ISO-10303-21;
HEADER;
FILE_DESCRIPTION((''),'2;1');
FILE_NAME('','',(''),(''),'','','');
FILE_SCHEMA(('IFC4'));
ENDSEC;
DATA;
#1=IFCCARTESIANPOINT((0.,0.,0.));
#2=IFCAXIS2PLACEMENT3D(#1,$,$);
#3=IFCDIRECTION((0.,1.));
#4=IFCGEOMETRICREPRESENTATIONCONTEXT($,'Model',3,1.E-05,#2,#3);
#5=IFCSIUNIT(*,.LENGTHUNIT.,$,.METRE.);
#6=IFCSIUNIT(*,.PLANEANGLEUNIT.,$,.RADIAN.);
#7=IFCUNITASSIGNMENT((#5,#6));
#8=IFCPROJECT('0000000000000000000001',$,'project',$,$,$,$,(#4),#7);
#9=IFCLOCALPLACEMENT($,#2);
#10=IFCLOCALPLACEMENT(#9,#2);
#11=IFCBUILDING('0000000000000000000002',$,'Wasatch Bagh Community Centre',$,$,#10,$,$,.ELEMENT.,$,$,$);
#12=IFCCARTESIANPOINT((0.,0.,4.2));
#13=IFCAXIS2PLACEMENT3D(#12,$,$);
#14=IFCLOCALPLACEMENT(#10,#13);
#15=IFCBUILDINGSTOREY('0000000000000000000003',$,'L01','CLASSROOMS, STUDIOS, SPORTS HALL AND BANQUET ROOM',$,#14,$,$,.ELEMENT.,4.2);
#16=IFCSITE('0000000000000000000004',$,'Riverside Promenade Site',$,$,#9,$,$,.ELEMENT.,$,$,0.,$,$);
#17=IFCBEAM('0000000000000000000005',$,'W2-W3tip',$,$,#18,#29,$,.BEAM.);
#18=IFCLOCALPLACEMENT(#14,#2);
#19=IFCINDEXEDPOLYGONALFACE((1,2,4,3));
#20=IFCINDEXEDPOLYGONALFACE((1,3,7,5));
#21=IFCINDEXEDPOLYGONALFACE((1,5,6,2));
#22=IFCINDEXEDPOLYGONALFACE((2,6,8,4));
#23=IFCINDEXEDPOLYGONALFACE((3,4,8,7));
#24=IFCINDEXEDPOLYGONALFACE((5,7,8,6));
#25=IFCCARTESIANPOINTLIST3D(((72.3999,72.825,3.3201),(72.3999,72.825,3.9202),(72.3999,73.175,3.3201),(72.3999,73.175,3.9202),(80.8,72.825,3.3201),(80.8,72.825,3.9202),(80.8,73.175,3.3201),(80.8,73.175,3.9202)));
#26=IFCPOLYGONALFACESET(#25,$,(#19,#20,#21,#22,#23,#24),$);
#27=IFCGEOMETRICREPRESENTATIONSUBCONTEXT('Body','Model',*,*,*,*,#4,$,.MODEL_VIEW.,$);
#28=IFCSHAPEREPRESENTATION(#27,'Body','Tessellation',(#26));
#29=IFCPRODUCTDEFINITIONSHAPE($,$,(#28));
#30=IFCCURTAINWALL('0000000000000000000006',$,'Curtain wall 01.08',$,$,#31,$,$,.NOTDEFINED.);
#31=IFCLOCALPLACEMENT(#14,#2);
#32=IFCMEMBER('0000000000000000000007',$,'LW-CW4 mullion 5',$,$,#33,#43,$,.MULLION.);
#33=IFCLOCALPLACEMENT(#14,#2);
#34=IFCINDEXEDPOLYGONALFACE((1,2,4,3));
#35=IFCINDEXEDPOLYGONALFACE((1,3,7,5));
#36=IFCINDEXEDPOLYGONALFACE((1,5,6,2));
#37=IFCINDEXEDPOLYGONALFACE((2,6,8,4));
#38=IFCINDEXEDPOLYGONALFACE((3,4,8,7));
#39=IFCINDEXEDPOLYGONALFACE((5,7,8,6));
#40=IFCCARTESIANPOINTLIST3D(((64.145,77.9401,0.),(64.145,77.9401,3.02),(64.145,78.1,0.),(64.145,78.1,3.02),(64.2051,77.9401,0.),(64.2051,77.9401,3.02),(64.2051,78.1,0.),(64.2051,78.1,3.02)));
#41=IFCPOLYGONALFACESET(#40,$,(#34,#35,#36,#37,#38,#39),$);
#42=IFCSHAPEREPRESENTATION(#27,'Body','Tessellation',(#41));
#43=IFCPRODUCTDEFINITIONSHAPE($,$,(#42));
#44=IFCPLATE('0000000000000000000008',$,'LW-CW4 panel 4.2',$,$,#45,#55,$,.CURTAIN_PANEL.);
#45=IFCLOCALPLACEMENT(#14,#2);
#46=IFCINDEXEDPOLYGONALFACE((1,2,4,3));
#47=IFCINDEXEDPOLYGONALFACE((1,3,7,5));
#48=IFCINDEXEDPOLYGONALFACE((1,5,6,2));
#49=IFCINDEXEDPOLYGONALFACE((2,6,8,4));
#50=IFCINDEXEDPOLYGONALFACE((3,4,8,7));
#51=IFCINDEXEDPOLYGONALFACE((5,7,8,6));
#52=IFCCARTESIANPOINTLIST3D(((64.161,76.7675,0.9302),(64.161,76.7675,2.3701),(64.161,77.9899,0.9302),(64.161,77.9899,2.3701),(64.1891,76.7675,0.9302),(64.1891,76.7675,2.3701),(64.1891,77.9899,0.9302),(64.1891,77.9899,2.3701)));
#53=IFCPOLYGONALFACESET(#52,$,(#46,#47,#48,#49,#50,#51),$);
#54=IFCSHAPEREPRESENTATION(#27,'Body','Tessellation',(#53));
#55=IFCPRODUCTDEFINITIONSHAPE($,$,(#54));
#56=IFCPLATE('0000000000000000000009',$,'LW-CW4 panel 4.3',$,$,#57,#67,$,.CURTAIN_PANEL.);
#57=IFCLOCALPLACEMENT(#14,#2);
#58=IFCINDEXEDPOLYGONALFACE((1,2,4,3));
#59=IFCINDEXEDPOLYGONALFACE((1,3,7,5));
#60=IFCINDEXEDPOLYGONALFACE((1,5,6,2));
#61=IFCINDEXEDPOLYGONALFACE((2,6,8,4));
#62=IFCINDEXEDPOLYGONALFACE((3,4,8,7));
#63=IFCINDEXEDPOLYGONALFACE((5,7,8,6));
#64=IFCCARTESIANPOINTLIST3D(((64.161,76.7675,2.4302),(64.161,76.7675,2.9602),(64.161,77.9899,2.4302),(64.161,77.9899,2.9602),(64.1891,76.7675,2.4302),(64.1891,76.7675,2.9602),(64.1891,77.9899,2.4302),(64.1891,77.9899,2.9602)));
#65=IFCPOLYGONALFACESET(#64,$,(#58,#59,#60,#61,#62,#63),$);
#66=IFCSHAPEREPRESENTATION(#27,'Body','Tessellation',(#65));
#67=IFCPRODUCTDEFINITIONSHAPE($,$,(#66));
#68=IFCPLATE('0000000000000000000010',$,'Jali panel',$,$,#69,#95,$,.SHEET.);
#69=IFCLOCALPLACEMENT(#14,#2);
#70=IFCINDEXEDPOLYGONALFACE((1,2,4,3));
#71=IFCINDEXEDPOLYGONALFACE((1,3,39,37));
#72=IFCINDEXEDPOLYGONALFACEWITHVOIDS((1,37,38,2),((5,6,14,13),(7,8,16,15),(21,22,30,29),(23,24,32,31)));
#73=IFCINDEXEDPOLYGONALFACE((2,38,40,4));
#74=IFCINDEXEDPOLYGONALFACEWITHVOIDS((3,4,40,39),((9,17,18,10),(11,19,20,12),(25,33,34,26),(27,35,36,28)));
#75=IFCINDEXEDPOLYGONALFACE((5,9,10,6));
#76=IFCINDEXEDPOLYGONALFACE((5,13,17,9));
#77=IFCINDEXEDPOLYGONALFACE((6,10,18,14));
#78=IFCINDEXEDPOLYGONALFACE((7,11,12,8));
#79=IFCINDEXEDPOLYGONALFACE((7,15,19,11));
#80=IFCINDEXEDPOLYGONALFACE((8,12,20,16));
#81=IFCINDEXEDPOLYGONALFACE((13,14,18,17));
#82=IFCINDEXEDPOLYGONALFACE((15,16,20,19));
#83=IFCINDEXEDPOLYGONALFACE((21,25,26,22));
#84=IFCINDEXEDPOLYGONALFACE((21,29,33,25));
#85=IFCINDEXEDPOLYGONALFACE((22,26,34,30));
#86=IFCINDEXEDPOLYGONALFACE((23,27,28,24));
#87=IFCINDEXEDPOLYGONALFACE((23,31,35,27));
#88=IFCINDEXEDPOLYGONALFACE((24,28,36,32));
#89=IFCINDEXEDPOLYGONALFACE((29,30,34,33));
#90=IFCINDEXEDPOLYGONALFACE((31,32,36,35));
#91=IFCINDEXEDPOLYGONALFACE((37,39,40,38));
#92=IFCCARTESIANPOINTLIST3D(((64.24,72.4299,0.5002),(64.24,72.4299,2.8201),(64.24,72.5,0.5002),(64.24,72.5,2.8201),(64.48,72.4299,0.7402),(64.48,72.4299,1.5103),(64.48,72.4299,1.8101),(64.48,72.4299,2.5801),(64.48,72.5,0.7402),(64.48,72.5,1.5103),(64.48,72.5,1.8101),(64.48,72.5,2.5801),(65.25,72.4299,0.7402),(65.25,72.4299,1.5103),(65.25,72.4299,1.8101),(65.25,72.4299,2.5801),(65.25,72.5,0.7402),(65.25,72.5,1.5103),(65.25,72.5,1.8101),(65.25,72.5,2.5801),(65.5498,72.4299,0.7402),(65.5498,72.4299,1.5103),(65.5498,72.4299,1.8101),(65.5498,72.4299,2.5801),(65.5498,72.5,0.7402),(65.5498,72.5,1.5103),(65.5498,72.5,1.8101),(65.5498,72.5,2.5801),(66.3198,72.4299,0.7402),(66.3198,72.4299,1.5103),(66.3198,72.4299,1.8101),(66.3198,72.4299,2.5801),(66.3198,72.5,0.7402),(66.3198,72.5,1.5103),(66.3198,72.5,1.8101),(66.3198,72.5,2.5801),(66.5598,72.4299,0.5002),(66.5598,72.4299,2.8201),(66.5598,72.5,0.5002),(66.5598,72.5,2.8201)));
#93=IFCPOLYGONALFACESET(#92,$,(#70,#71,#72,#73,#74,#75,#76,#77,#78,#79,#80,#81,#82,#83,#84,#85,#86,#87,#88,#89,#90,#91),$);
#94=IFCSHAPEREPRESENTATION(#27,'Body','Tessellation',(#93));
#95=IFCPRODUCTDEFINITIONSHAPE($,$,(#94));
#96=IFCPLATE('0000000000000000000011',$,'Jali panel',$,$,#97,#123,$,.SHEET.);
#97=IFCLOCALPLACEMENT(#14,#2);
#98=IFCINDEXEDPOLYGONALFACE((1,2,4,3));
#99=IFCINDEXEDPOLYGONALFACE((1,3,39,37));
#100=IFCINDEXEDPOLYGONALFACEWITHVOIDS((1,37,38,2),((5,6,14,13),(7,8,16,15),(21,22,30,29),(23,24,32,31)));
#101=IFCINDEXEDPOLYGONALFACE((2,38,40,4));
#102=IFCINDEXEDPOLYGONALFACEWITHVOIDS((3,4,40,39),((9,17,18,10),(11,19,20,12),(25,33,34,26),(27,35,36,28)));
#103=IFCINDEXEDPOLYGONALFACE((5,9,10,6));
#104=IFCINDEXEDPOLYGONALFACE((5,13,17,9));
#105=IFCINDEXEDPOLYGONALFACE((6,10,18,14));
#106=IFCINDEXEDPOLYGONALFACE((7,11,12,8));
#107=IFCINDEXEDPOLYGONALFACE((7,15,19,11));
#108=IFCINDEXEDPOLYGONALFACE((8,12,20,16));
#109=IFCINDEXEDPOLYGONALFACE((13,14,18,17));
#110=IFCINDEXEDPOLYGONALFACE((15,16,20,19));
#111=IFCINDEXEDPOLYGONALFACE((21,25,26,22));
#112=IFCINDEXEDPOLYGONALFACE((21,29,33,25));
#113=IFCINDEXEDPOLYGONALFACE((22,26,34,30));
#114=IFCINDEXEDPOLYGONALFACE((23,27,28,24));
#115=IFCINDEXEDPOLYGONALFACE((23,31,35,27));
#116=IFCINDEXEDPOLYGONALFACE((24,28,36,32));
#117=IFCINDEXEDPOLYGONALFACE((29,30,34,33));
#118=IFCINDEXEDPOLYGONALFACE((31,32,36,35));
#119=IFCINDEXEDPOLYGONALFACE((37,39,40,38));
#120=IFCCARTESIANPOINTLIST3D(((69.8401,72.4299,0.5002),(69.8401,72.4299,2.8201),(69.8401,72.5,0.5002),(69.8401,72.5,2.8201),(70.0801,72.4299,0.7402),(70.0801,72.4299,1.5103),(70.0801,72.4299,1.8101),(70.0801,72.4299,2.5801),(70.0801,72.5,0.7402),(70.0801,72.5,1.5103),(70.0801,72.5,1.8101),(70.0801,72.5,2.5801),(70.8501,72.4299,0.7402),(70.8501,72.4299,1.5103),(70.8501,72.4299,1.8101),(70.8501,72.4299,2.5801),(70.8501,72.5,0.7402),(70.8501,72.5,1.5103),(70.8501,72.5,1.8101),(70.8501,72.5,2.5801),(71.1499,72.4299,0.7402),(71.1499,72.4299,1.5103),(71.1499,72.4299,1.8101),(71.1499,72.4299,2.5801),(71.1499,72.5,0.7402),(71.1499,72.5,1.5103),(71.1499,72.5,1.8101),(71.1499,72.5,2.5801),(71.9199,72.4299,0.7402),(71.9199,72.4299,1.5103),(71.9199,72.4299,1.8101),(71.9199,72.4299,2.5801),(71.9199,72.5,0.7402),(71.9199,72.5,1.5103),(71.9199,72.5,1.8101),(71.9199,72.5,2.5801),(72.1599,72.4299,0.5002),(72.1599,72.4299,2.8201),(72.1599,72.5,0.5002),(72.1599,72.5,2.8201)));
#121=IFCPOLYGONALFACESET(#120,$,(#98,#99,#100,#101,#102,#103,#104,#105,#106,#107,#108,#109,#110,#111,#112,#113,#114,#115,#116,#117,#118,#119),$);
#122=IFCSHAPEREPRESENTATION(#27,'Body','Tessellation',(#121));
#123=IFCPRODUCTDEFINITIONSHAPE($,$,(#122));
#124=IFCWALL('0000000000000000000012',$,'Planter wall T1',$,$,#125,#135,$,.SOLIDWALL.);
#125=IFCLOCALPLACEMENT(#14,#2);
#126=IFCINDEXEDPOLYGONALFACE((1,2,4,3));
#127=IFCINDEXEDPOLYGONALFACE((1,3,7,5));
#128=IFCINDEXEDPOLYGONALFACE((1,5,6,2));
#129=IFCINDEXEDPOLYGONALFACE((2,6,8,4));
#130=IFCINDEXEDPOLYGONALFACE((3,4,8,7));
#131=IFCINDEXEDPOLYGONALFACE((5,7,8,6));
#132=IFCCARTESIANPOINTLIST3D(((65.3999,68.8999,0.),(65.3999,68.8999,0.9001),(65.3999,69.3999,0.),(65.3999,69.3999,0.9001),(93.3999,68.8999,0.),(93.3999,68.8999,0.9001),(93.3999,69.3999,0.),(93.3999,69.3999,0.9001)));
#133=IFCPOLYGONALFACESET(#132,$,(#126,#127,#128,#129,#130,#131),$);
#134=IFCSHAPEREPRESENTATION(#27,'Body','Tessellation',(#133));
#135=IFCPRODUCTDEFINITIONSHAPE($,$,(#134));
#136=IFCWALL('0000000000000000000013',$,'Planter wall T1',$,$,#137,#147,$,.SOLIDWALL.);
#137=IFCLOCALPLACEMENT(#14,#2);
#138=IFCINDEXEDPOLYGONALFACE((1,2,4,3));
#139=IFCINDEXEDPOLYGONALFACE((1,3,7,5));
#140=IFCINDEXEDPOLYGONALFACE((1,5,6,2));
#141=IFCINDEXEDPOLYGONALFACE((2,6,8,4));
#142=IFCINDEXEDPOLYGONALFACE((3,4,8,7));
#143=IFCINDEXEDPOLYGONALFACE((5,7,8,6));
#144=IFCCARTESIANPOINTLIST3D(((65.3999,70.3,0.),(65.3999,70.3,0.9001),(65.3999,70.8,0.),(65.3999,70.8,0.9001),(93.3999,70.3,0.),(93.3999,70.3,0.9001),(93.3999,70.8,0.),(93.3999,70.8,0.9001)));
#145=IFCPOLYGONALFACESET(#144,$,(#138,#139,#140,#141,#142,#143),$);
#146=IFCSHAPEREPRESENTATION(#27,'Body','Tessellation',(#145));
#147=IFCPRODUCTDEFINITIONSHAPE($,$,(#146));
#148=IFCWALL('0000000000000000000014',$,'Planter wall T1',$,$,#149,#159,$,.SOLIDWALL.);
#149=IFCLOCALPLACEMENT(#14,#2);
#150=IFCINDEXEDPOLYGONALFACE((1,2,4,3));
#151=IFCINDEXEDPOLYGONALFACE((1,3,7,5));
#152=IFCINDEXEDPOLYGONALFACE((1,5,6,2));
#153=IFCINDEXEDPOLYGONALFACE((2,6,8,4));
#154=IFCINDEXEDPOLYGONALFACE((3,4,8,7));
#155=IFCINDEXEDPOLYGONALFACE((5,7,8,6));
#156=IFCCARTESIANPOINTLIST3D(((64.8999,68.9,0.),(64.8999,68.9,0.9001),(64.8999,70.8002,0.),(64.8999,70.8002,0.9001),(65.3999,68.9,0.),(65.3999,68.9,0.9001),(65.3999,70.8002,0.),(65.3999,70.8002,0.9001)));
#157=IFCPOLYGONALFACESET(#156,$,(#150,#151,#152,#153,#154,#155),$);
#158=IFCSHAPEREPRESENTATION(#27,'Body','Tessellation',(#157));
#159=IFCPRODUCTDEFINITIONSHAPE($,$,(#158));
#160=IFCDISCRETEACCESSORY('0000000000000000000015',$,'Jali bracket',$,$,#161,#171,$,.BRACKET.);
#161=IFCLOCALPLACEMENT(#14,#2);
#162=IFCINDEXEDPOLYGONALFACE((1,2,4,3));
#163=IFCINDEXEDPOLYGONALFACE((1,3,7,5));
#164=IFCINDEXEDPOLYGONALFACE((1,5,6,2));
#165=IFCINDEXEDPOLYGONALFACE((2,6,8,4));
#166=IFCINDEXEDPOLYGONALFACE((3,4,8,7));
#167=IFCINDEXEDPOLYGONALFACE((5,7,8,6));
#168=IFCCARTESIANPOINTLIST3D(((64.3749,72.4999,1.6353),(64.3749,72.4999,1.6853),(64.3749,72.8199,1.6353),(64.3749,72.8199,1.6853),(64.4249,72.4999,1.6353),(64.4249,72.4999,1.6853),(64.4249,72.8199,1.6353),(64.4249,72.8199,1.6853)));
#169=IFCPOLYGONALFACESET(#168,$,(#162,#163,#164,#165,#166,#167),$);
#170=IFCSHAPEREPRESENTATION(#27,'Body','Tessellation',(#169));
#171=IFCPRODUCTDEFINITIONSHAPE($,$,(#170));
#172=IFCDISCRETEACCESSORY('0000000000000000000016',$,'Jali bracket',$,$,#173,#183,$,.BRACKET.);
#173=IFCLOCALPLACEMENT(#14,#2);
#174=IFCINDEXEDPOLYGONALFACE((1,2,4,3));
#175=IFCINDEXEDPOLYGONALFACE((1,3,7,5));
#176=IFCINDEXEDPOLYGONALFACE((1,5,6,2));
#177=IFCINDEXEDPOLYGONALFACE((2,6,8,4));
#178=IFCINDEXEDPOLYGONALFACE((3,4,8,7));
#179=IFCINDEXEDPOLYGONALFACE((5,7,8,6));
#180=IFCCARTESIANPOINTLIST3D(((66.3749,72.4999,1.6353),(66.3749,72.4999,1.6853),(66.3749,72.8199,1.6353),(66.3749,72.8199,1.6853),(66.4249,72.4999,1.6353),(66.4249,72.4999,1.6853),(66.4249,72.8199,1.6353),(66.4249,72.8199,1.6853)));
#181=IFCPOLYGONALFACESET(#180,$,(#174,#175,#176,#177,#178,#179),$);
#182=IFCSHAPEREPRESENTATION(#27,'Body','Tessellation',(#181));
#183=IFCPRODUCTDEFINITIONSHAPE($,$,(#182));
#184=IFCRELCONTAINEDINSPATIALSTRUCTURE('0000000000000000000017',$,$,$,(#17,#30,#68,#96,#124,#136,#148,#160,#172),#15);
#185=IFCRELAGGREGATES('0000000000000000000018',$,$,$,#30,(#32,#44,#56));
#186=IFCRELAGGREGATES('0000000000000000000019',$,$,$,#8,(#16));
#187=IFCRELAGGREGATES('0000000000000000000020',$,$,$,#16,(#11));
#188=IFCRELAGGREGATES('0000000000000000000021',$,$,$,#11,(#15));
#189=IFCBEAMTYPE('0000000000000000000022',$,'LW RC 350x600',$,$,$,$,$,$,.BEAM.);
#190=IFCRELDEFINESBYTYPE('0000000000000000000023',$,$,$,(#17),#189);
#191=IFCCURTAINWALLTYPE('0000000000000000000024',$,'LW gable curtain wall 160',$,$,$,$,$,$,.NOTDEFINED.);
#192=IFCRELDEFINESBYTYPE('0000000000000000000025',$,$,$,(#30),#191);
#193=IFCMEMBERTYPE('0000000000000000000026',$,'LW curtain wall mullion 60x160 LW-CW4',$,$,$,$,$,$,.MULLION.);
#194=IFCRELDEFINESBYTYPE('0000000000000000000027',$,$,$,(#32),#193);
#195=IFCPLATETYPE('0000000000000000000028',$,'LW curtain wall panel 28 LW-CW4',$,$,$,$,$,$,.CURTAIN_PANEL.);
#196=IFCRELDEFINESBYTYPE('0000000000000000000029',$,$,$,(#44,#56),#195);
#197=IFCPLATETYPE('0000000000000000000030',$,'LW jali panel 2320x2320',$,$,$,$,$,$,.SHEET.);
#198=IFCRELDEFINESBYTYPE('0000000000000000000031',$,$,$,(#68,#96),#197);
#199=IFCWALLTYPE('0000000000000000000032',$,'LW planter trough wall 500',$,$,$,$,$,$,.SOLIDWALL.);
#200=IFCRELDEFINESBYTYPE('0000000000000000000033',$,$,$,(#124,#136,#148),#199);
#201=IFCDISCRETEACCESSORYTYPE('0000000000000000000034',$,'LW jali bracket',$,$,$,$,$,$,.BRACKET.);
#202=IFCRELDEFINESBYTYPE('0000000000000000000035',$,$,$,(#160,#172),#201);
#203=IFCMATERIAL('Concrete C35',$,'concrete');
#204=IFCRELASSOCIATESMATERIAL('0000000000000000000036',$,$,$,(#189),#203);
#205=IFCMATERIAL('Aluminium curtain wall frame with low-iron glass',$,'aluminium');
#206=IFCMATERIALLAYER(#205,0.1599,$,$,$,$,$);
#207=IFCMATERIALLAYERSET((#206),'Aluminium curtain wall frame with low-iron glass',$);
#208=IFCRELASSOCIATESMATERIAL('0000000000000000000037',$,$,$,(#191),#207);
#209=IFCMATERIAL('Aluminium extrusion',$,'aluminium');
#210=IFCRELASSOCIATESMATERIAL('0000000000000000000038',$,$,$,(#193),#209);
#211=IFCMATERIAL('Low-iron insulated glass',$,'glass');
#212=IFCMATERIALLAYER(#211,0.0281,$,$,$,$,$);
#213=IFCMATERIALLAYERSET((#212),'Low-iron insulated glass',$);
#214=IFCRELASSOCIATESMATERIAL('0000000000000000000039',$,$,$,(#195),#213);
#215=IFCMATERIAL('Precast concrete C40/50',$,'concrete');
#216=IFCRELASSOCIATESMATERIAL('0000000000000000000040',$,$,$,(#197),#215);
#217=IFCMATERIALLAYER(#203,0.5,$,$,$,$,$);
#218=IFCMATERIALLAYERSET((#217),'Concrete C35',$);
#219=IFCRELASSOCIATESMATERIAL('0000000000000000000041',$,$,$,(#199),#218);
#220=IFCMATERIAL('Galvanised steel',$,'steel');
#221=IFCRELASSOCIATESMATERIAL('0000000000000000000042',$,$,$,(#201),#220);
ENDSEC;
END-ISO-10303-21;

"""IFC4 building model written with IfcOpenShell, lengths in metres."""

from ifc_helpers import new_model, si_unit, direction, frame, frame_2d, origin, origin_2d, place, context, subcontext, project, spatial, polyline, rectangle, outline, extrude, material, layer, layer_set, material_profile, profile_set, type_object, element, aggregate, save


model = new_model("IFC4")

# Units and contexts
model_context = context("Model", 3, precision=1e-05, world=origin(), true_north=direction((0.0, 1.0)))
body_context = subcontext(model_context, "Body", "Model", "MODEL_VIEW")
ifc_project = project(units=[si_unit("LENGTHUNIT", "METRE"), si_unit("PLANEANGLEUNIT", "RADIAN")], contexts=[model_context])

# Site, building, storey
site_placement = place(None, origin())
site = spatial("IfcSite", under=ifc_project, at=site_placement, Name="Riverside Promenade Site", CompositionType="ELEMENT", RefElevation=0.0)
building_placement = place(site_placement, origin())
building = spatial("IfcBuilding", under=site, at=building_placement, Name="Wasatch Bagh Community Centre", CompositionType="ELEMENT")
storey_placement = place(building_placement, frame((0.0, 0.0, 4.2)))
storey = spatial("IfcBuildingStorey", under=building, at=storey_placement, Name="L01", Description="CLASSROOMS, STUDIOS, SPORTS HALL AND BANQUET ROOM", CompositionType="ELEMENT", Elevation=4.2)

# Beam
ifc_material_1 = material(Name="Concrete C35", Category="concrete")
ifc_material_profile_1 = material_profile(ifc_material_1, rectangle(XDim=0.3501, YDim=0.6001, at=origin_2d()), Name="RC 350x600")
ifc_profile_set_1 = profile_set([ifc_material_profile_1], Name="Concrete C35")
beam_type = type_object("IfcBeamType", Name="LW RC 350x600", PredefinedType="BEAM", material=ifc_profile_set_1)
beam_placement = place(storey_placement, frame((72.3999, 73.0, 3.6201), z_axis=(1.0, 0.0, 0.0), x_axis=(0.0, 1.0, 0.0)))
element("IfcBeam", 1, at=beam_placement, inside=storey, type_object=beam_type, Name="W2-W3tip", PredefinedType="BEAM", context=body_context, shape_type="SweptSolid", body=[
    extrude(rectangle(XDim=0.3501, YDim=0.6001, at=origin_2d()), origin(), (0.0, 0.0, 1.0), 8.4001),
])

# Curtain wall, member, plates
ifc_material_2 = material(Name="Aluminium curtain wall frame with low-iron glass", Category="aluminium")
ifc_layer_1 = layer(ifc_material_2, 0.1599)
ifc_layer_set_1 = layer_set([ifc_layer_1], Name="Aluminium curtain wall frame with low-iron glass")
curtain_wall_type = type_object("IfcCurtainWallType", Name="LW gable curtain wall 160", PredefinedType="NOTDEFINED", material=ifc_layer_set_1)
curtain_wall_placement = place(storey_placement, origin())
curtain_wall = element("IfcCurtainWall", 2, at=curtain_wall_placement, inside=storey, type_object=curtain_wall_type, Name="Curtain wall 01.08", PredefinedType="NOTDEFINED")
ifc_material_3 = material(Name="Aluminium extrusion", Category="aluminium")
ifc_material_profile_2 = material_profile(ifc_material_3, rectangle(XDim=0.0601, YDim=0.1599, at=origin_2d()), Name="AL 60x160")
ifc_profile_set_2 = profile_set([ifc_material_profile_2], Name="Aluminium extrusion")
member_type = type_object("IfcMemberType", Name="LW curtain wall mullion 60x160 LW-CW4", PredefinedType="MULLION", material=ifc_profile_set_2)
member_placement = place(storey_placement, frame((64.175, 78.02, 0.0), z_axis=(0.0, 0.0, 1.0), x_axis=(-1.0, 0.0, 0.0)))
member = element("IfcMember", 3, at=member_placement, type_object=member_type, Name="LW-CW4 mullion 5", PredefinedType="MULLION", context=body_context, shape_type="SweptSolid", body=[
    extrude(rectangle(XDim=0.0601, YDim=0.1599, at=origin_2d()), origin(), (0.0, 0.0, 1.0), 3.02),
])
ifc_material_4 = material(Name="Low-iron insulated glass", Category="glass")
ifc_layer_2 = layer(ifc_material_4, 0.0281)
ifc_layer_set_2 = layer_set([ifc_layer_2], Name="Low-iron insulated glass")
plate_type_1 = type_object("IfcPlateType", Name="LW curtain wall panel 28 LW-CW4", PredefinedType="CURTAIN_PANEL", material=ifc_layer_set_2)
plate_1_placement = place(storey_placement, frame((64.175, 77.3787, 0.9302), z_axis=(0.0, 0.0, 1.0), x_axis=(0.0, 1.0, 0.0)))
plate_1 = element("IfcPlate", 4, at=plate_1_placement, type_object=plate_type_1, Name="LW-CW4 panel 4.2", PredefinedType="CURTAIN_PANEL", context=body_context, shape_type="SweptSolid", body=[
    extrude(rectangle(XDim=1.2224, YDim=0.0281, at=origin_2d()), origin(), (0.0, 0.0, 1.0), 1.4399),
])
plate_2_placement = place(storey_placement, frame((64.175, 77.3787, 2.4302), z_axis=(0.0, 0.0, 1.0), x_axis=(0.0, 1.0, 0.0)))
plate_2 = element("IfcPlate", 5, at=plate_2_placement, type_object=plate_type_1, Name="LW-CW4 panel 4.3", PredefinedType="CURTAIN_PANEL", context=body_context, shape_type="SweptSolid", body=[
    extrude(rectangle(XDim=1.2224, YDim=0.0281, at=origin_2d()), origin(), (0.0, 0.0, 1.0), 0.53),
])
aggregate(curtain_wall, [member, plate_1, plate_2])

# Plates
ifc_material_5 = material(Name="Precast concrete C40/50", Category="concrete")
ifc_material_profile_3 = material_profile(ifc_material_5, outline(polyline([(-1.1599, -1.1599), (1.1599, -1.1599), (1.1599, 1.1599), (-1.1599, 1.1599), (-1.1599, -1.1599)]), holes=[polyline([(-0.9199, -0.9199), (-0.1499, -0.9199), (-0.1499, -0.1499), (-0.9199, -0.1499), (-0.9199, -0.9199)]), polyline([(-0.9199, 0.1499), (-0.1499, 0.1499), (-0.1499, 0.9199), (-0.9199, 0.9199), (-0.9199, 0.1499)]), polyline([(0.1499, -0.9199), (0.9199, -0.9199), (0.9199, -0.1499), (0.1499, -0.1499), (0.1499, -0.9199)]), polyline([(0.1499, 0.1499), (0.9199, 0.1499), (0.9199, 0.9199), (0.1499, 0.9199), (0.1499, 0.1499)])]), Name="Jali lattice")
ifc_profile_set_3 = profile_set([ifc_material_profile_3], Name="Precast concrete C40/50")
plate_type_2 = type_object("IfcPlateType", Name="LW jali panel 2320x2320", PredefinedType="SHEET", material=ifc_profile_set_3)
for number, where, z_axis, x_axis, name in (
    (6, (65.3999, 72.5, 1.6602), (0.0, -1.0, 0.0), (1.0, 0.0, 0.0), "Jali panel"),
    (7, (71.0, 72.5, 1.6602), (0.0, -1.0, 0.0), (1.0, 0.0, 0.0), "Jali panel"),
):
    element("IfcPlate", number, at=place(storey_placement, frame(where, z_axis=z_axis, x_axis=x_axis)), inside=storey, type_object=plate_type_2, Name=name, PredefinedType="SHEET", context=body_context, shape_type="SweptSolid", body=[
        extrude(outline(polyline([(-1.1599, -1.1599), (1.1599, -1.1599), (1.1599, 1.1599), (-1.1599, 1.1599), (-1.1599, -1.1599)]), holes=[polyline([(-0.9199, -0.9199), (-0.1499, -0.9199), (-0.1499, -0.1499), (-0.9199, -0.1499), (-0.9199, -0.9199)]), polyline([(-0.9199, 0.1499), (-0.1499, 0.1499), (-0.1499, 0.9199), (-0.9199, 0.9199), (-0.9199, 0.1499)]), polyline([(0.1499, -0.9199), (0.9199, -0.9199), (0.9199, -0.1499), (0.1499, -0.1499), (0.1499, -0.9199)]), polyline([(0.1499, 0.1499), (0.9199, 0.1499), (0.9199, 0.9199), (0.1499, 0.9199), (0.1499, 0.1499)])]), origin(), (0.0, 0.0, 1.0), 0.0701),
    ])

# Walls
ifc_layer_3 = layer(ifc_material_1, 0.5)
ifc_layer_set_3 = layer_set([ifc_layer_3], Name="Concrete C35")
wall_type_1 = type_object("IfcWallType", Name="LW planter trough wall 500", PredefinedType="SOLIDWALL", material=ifc_layer_set_3)
for number, where, z_axis, x_axis, name in (
    (8, (65.3999, 69.1499, 0.0), (0.0, 0.0, 1.0), (1.0, 0.0, 0.0), "Planter wall T1"),
    (9, (65.3999, 70.55, 0.0), (0.0, 0.0, 1.0), (1.0, 0.0, 0.0), "Planter wall T1"),
):
    element("IfcWall", number, at=place(storey_placement, frame(where, z_axis=z_axis, x_axis=x_axis)), inside=storey, type_object=wall_type_1, Name=name, PredefinedType="SOLIDWALL", context=body_context, shape_type="SweptSolid", body=[
        extrude(rectangle(XDim=28.0, YDim=0.5, at=frame_2d((14.0, 0.0))), origin(), (0.0, 0.0, 1.0), 0.9001),
    ])
wall_1_placement = place(storey_placement, frame((65.1499, 68.8999, 0.0), z_axis=(0.0, 0.0, 1.0), x_axis=(0.0, 1.0, 0.0)))
element("IfcWall", 10, at=wall_1_placement, inside=storey, type_object=wall_type_1, Name="Planter wall T1", PredefinedType="SOLIDWALL", context=body_context, shape_type="SweptSolid", body=[
    extrude(rectangle(XDim=1.9001, YDim=0.5, at=frame_2d((0.9502, 0.0))), origin(), (0.0, 0.0, 1.0), 0.9001),
])

# Discrete accessories
ifc_material_6 = material(Name="Galvanised steel", Category="steel")
discrete_accessory_type = type_object("IfcDiscreteAccessoryType", Name="LW jali bracket", PredefinedType="BRACKET", material=ifc_material_6)
for number, where, z_axis, x_axis, name in (
    (11, (64.3999, 72.6599, 1.6353), (0.0, 0.0, 1.0), (1.0, 0.0, 0.0), "Jali bracket"),
    (12, (66.3999, 72.6599, 1.6353), (0.0, 0.0, 1.0), (1.0, 0.0, 0.0), "Jali bracket"),
):
    element("IfcDiscreteAccessory", number, at=place(storey_placement, frame(where, z_axis=z_axis, x_axis=x_axis)), inside=storey, type_object=discrete_accessory_type, Name=name, PredefinedType="BRACKET", context=body_context, shape_type="SweptSolid", body=[
        extrude(rectangle(XDim=0.05, YDim=0.3201, at=origin_2d()), origin(), (0.0, 0.0, 1.0), 0.05),
    ])

save(model, "model.ifc")
